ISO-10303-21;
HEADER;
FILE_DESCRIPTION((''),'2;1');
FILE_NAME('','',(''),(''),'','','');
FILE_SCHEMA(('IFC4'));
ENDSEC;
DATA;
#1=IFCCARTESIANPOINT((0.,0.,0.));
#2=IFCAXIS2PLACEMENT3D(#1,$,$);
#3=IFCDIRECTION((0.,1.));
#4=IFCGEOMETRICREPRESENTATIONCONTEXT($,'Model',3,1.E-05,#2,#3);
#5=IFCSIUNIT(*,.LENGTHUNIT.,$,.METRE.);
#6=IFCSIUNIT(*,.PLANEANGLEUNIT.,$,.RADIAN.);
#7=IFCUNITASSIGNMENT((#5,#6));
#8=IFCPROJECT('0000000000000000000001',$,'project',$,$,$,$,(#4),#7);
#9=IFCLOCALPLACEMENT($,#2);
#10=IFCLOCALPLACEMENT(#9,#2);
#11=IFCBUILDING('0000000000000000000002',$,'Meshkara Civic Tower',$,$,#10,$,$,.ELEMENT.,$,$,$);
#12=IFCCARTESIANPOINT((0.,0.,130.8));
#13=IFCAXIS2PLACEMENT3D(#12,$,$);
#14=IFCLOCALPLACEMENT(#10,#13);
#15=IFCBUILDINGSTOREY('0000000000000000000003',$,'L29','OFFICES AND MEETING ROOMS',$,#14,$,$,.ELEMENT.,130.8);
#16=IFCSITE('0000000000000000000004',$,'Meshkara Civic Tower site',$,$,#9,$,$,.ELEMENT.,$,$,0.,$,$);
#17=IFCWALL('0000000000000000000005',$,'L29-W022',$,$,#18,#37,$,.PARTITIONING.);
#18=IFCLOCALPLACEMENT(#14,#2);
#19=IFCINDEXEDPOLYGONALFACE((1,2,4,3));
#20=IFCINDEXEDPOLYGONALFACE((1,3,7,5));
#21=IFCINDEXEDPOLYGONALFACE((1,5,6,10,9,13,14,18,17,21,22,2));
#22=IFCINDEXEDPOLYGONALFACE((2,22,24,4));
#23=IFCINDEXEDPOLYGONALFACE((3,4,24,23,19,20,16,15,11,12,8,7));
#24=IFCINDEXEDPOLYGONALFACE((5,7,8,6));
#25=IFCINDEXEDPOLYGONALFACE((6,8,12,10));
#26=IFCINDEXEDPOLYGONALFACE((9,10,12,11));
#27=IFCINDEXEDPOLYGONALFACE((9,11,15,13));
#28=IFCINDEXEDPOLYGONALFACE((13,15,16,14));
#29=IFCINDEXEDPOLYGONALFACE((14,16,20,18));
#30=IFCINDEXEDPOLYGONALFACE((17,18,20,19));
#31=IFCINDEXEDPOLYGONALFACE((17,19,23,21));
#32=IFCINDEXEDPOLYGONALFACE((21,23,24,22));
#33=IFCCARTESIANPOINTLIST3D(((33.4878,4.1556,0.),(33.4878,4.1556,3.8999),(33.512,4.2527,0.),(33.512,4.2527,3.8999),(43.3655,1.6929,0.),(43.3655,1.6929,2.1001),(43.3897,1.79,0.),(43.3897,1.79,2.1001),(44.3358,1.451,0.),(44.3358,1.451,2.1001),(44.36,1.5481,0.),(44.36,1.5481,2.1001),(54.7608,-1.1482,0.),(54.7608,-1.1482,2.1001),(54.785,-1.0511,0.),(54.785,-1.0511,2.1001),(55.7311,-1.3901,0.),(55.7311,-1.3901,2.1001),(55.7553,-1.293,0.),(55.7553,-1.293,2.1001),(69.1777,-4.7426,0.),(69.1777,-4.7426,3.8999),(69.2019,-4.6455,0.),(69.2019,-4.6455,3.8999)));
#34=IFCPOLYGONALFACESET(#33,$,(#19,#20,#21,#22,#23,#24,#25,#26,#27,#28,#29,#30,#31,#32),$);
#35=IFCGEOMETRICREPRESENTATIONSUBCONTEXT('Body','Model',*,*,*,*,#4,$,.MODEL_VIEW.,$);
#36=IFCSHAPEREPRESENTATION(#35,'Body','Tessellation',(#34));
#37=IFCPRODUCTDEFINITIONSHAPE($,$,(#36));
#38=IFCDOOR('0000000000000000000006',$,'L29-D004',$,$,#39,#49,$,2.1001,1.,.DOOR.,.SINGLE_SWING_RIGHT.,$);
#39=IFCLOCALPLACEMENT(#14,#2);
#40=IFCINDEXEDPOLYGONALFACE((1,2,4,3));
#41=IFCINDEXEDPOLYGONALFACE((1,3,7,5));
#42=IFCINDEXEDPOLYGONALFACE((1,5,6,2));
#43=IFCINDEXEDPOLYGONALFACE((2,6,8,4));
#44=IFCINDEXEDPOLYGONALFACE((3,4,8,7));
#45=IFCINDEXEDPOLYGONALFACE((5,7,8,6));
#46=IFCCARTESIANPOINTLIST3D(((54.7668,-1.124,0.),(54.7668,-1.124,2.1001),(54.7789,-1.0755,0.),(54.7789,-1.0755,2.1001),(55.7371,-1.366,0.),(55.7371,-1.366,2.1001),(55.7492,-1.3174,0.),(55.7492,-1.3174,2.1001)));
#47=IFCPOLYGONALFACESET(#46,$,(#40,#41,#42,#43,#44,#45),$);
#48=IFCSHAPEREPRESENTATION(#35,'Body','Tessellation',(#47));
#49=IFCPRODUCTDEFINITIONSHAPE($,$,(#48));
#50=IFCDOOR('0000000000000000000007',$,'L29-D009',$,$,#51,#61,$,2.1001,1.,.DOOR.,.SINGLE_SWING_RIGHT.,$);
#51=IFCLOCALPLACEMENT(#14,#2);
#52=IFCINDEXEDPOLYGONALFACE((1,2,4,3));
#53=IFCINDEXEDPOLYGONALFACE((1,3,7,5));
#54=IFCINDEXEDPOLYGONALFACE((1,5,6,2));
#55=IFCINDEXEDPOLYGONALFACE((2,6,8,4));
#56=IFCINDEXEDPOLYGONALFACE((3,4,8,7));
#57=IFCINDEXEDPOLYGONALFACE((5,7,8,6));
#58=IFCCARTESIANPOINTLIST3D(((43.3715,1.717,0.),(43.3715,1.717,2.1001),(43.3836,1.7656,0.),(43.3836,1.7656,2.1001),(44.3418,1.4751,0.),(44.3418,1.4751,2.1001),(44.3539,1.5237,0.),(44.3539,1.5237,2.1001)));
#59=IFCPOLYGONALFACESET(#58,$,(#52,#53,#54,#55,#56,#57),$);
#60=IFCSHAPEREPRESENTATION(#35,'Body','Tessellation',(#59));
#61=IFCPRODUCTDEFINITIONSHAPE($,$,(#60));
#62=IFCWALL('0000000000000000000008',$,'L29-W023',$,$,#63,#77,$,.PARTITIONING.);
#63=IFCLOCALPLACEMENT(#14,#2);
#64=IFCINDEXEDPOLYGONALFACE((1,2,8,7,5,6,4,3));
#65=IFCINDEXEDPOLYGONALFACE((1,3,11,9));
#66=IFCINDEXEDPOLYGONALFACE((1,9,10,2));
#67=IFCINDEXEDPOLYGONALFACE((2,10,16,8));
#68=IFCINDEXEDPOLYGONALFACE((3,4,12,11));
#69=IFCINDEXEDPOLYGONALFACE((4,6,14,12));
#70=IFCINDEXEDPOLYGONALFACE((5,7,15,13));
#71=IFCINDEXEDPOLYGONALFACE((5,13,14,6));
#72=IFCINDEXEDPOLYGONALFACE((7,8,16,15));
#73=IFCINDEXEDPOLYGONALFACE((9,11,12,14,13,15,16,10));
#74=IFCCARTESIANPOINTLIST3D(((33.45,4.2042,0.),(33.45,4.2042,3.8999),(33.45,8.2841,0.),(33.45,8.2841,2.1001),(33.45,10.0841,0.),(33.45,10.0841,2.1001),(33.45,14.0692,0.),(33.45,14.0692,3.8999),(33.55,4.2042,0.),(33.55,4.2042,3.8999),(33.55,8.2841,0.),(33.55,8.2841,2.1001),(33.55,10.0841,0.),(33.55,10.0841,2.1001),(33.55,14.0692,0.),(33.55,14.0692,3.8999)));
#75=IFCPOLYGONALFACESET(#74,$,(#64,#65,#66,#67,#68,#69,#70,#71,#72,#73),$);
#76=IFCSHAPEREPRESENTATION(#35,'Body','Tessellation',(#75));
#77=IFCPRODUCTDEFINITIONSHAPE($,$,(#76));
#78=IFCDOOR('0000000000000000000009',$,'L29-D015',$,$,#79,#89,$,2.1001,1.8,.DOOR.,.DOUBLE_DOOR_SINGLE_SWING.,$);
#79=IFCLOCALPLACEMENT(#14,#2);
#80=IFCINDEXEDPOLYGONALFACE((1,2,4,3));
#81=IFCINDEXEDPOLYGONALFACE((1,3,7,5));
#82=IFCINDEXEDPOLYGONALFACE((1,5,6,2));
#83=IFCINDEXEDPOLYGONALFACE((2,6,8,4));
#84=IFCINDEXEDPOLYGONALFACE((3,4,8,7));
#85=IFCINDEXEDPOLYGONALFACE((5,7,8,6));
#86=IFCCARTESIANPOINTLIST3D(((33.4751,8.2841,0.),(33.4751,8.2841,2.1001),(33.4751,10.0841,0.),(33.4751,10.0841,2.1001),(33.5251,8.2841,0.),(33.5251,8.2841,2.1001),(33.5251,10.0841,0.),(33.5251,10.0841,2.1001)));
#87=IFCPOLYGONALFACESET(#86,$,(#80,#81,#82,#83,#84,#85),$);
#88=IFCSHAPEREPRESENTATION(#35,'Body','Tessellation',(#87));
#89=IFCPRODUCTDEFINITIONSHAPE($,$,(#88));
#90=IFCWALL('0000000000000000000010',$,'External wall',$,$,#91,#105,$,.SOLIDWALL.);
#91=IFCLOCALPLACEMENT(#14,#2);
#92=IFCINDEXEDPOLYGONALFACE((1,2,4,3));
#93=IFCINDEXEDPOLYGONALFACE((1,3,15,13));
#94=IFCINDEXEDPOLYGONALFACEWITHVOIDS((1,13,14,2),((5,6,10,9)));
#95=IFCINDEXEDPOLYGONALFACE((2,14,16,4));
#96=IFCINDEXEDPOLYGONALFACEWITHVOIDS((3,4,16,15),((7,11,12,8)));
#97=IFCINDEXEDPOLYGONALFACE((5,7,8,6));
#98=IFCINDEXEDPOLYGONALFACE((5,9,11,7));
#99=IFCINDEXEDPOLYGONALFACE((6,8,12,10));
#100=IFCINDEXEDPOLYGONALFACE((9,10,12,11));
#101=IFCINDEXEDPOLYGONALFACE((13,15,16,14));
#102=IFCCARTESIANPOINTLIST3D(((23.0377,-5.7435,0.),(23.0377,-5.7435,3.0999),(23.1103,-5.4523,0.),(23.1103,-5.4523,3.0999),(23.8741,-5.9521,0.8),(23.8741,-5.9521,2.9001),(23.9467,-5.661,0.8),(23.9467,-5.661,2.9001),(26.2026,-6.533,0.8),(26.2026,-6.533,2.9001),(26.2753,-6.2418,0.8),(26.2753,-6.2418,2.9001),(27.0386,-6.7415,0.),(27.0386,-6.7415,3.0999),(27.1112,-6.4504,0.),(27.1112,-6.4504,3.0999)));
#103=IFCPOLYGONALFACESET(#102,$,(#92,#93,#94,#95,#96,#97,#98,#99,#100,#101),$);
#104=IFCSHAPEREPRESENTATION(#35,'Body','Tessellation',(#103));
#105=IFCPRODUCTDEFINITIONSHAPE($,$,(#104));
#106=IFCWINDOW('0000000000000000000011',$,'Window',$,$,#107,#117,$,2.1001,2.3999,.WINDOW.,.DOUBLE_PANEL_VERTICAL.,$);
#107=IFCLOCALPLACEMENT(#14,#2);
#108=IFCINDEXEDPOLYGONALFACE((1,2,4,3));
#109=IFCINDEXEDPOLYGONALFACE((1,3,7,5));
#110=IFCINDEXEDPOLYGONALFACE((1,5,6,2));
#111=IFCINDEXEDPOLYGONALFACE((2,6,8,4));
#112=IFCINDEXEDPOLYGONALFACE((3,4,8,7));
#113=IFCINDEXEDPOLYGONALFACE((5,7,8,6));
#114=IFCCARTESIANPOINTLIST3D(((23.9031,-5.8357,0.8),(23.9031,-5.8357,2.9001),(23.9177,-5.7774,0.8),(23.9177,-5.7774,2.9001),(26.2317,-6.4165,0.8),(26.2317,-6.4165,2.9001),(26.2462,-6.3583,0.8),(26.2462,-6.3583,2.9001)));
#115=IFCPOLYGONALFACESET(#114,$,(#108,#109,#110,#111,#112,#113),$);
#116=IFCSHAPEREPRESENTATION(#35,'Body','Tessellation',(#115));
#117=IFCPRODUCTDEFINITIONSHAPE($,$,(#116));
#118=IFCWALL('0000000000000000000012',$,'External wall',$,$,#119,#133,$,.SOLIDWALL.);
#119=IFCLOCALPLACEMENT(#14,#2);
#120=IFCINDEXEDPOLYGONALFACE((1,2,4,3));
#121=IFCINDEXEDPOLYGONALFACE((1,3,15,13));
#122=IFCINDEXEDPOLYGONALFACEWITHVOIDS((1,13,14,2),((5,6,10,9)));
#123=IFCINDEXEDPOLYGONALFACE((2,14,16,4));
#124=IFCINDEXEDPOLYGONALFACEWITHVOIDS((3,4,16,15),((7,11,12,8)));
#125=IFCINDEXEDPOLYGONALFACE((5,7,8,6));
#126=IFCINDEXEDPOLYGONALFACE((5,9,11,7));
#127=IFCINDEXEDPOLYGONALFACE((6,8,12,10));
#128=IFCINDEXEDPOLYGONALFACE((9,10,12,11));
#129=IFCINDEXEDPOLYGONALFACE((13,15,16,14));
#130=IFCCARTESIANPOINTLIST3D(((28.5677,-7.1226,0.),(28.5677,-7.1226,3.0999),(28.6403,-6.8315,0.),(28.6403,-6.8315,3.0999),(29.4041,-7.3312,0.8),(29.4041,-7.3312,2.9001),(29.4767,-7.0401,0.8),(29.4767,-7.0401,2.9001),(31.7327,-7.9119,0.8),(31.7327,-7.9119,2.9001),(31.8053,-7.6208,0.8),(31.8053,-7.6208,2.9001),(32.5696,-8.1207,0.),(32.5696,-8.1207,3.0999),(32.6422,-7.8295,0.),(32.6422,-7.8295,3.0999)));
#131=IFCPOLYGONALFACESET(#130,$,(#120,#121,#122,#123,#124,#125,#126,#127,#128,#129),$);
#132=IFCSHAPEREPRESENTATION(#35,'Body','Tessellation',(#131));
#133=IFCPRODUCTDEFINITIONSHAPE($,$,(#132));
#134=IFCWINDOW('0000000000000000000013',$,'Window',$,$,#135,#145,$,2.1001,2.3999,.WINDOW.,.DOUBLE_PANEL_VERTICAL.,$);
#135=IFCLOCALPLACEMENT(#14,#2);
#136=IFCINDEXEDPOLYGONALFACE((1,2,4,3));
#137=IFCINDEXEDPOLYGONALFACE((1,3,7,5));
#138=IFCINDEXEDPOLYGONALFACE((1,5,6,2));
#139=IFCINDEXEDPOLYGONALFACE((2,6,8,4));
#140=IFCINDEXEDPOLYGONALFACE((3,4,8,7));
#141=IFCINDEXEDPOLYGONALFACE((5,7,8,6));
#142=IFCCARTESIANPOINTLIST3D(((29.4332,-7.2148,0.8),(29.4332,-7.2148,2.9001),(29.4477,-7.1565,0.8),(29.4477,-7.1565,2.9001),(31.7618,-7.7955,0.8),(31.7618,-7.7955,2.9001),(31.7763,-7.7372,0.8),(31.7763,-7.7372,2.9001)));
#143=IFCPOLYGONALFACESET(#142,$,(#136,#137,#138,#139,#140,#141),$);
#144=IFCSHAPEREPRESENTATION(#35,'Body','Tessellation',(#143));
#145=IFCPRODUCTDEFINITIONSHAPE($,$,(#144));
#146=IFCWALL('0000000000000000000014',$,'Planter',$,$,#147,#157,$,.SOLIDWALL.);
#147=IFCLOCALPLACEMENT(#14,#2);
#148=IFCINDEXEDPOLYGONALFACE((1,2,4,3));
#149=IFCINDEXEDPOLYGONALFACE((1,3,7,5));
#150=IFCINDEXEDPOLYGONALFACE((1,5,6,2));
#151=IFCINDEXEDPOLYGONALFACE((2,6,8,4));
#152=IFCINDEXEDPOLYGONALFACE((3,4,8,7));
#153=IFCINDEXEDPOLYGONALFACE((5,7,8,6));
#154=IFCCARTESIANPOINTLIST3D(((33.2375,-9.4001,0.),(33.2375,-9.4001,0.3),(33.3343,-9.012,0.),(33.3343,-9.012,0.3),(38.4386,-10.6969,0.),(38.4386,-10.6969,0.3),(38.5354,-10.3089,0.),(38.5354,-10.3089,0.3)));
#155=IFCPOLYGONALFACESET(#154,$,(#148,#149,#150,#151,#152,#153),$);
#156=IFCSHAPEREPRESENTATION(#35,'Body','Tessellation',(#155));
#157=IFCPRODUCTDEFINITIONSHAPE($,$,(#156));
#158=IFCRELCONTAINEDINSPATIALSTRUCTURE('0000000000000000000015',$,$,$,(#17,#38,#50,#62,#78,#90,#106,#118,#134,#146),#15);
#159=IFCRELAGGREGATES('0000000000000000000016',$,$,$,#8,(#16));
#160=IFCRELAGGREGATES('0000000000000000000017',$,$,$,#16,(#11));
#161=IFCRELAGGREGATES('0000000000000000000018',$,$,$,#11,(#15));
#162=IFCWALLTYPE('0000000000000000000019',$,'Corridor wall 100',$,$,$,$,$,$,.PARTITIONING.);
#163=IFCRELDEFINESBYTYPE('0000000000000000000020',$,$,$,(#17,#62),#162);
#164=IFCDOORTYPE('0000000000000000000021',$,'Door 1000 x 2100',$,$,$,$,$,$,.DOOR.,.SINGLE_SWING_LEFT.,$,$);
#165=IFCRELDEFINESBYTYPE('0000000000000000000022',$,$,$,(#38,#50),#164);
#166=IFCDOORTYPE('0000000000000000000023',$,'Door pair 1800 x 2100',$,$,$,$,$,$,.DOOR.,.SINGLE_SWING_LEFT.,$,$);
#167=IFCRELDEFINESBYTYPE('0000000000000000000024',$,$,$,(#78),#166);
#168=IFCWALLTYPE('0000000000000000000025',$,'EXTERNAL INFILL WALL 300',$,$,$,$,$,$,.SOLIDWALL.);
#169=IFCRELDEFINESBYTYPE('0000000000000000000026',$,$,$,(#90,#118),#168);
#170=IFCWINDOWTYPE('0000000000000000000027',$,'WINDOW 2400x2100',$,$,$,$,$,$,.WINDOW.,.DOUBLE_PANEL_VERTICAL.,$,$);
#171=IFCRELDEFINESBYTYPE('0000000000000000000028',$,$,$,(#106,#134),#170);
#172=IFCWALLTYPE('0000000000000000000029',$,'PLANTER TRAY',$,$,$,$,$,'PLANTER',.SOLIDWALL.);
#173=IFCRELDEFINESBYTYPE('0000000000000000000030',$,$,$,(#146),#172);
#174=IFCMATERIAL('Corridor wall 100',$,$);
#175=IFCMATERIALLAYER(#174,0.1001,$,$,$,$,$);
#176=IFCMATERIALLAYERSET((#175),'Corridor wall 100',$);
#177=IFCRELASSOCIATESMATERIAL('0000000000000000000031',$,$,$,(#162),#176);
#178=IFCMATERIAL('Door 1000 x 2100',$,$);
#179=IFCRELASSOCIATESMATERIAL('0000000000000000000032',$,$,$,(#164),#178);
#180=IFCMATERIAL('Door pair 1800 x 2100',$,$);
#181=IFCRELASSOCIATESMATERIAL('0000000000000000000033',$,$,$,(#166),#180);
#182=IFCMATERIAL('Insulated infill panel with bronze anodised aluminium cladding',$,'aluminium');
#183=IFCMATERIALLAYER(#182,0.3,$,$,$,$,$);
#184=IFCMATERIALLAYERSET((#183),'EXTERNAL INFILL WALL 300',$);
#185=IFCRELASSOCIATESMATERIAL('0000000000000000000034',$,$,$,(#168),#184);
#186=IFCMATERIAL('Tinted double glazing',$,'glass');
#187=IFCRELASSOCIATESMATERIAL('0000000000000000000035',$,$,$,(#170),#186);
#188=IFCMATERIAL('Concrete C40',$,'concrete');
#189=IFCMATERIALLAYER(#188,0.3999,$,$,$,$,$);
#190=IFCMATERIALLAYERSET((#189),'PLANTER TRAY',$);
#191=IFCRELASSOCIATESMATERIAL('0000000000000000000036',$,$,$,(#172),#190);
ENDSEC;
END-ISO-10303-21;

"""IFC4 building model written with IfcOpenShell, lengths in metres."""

from ifc_helpers import new_model, si_unit, direction, frame, frame_2d, origin, place, context, subcontext, project, spatial, rectangle, extrude, material, layer, layer_set, type_object, element, fill, save


model = new_model("IFC4")

# Units and contexts
model_context = context("Model", 3, precision=1e-05, world=origin(), true_north=direction((0.0, 1.0)))
body_context = subcontext(model_context, "Body", "Model", "MODEL_VIEW")
ifc_project = project(units=[si_unit("LENGTHUNIT", "METRE"), si_unit("PLANEANGLEUNIT", "RADIAN")], contexts=[model_context])

# Site, building, storey
site_placement = place(None, origin())
site = spatial("IfcSite", under=ifc_project, at=site_placement, Name="Meshkara Civic Tower site", CompositionType="ELEMENT", RefElevation=0.0)
building_placement = place(site_placement, origin())
building = spatial("IfcBuilding", under=site, at=building_placement, Name="Meshkara Civic Tower", CompositionType="ELEMENT")
storey_placement = place(building_placement, frame((0.0, 0.0, 130.8)))
storey = spatial("IfcBuildingStorey", under=building, at=storey_placement, Name="L29", Description="OFFICES AND MEETING ROOMS", CompositionType="ELEMENT", Elevation=130.8)

# Shared definitions
ifc_material_1 = material(Name="Corridor wall 100")
ifc_layer_1 = layer(ifc_material_1, 0.1001)
ifc_layer_set_1 = layer_set([ifc_layer_1], Name="Corridor wall 100")
wall_type_1 = type_object("IfcWallType", Name="Corridor wall 100", PredefinedType="PARTITIONING", material=ifc_layer_set_1)
ifc_material_2 = material(Name="Door 1000 x 2100")
door_type_1 = type_object("IfcDoorType", Name="Door 1000 x 2100", OperationType="SINGLE_SWING_LEFT", PredefinedType="DOOR", material=ifc_material_2)

# Wall, openings, doors
wall_1_placement = place(storey_placement, frame((33.5, 4.2041, 0.0), z_axis=(0.0, 0.0, 1.0), x_axis=(0.970298, -0.241914, 0.0)))
wall_1 = element("IfcWall", 1, at=wall_1_placement, inside=storey, type_object=wall_type_1, Name="L29-W022", PredefinedType="PARTITIONING", context=body_context, shape_type="SweptSolid", body=[
    extrude(rectangle(XDim=36.7825, YDim=0.1001, at=frame_2d((18.3911, 0.0))), origin(), (0.0, 0.0, 1.0), 3.8999),
])
opening_1_placement = place(wall_1_placement, frame((21.9241, 0.0, 0.0)))
opening_1 = element("IfcOpeningElement", 2, at=opening_1_placement, cuts=wall_1, PredefinedType="OPENING", context=body_context, shape_type="SweptSolid", body=[
    extrude(rectangle(XDim=1.0, YDim=2.1001, at=frame_2d((0.5, 1.05))), frame((0.0, 0.0601, 0.0), z_axis=(0.0, -1.0, 0.0), x_axis=(1.0, 0.0, 0.0)), (0.0, 0.0, 1.0), 0.1201),
])
opening_2_placement = place(wall_1_placement, frame((10.1799, 0.0, 0.0)))
opening_2 = element("IfcOpeningElement", 3, at=opening_2_placement, cuts=wall_1, PredefinedType="OPENING", context=body_context, shape_type="SweptSolid", body=[
    extrude(rectangle(XDim=1.0, YDim=2.1001, at=frame_2d((0.5, 1.05))), frame((0.0, 0.0601, 0.0), z_axis=(0.0, -1.0, 0.0), x_axis=(1.0, 0.0, 0.0)), (0.0, 0.0, 1.0), 0.1201),
])
door_1_placement = place(opening_1_placement, origin())
door_1 = element("IfcDoor", 4, at=door_1_placement, inside=storey, type_object=door_type_1, Name="L29-D004", OperationType="SINGLE_SWING_RIGHT", OverallHeight=2.1001, OverallWidth=1.0, PredefinedType="DOOR", context=body_context, shape_type="SweptSolid", body=[
    extrude(rectangle(XDim=1.0, YDim=2.1001, at=frame_2d((0.5, 1.05))), frame((0.0, 0.0249, 0.0), z_axis=(0.0, -1.0, 0.0), x_axis=(1.0, 0.0, 0.0)), (0.0, 0.0, 1.0), 0.05),
])
fill(opening_1, door_1)
door_2_placement = place(opening_2_placement, origin())
door_2 = element("IfcDoor", 5, at=door_2_placement, inside=storey, type_object=door_type_1, Name="L29-D009", OperationType="SINGLE_SWING_RIGHT", OverallHeight=2.1001, OverallWidth=1.0, PredefinedType="DOOR", context=body_context, shape_type="SweptSolid", body=[
    extrude(rectangle(XDim=1.0, YDim=2.1001, at=frame_2d((0.5, 1.05))), frame((0.0, 0.0249, 0.0), z_axis=(0.0, -1.0, 0.0), x_axis=(1.0, 0.0, 0.0)), (0.0, 0.0, 1.0), 0.05),
])
fill(opening_2, door_2)

# Wall, opening, door
wall_2_placement = place(storey_placement, frame((33.5, 4.2041, 0.0), z_axis=(0.0, 0.0, 1.0), x_axis=(0.0, 1.0, 0.0)))
wall_2 = element("IfcWall", 6, at=wall_2_placement, inside=storey, type_object=wall_type_1, Name="L29-W023", PredefinedType="PARTITIONING", context=body_context, shape_type="SweptSolid", body=[
    extrude(rectangle(XDim=9.865, YDim=0.1001, at=frame_2d((4.9326, 0.0))), origin(), (0.0, 0.0, 1.0), 3.8999),
])
opening_3_placement = place(wall_2_placement, frame((4.0801, 0.0, 0.0)))
opening_3 = element("IfcOpeningElement", 7, at=opening_3_placement, cuts=wall_2, PredefinedType="OPENING", context=body_context, shape_type="SweptSolid", body=[
    extrude(rectangle(XDim=1.8, YDim=2.1001, at=frame_2d((0.8999, 1.05))), frame((0.0, 0.0601, 0.0), z_axis=(0.0, -1.0, 0.0), x_axis=(1.0, 0.0, 0.0)), (0.0, 0.0, 1.0), 0.1201),
])
ifc_material_3 = material(Name="Door pair 1800 x 2100")
door_type_2 = type_object("IfcDoorType", Name="Door pair 1800 x 2100", OperationType="SINGLE_SWING_LEFT", PredefinedType="DOOR", material=ifc_material_3)
door_3_placement = place(opening_3_placement, origin())
door_3 = element("IfcDoor", 8, at=door_3_placement, inside=storey, type_object=door_type_2, Name="L29-D015", OperationType="DOUBLE_DOOR_SINGLE_SWING", OverallHeight=2.1001, OverallWidth=1.8, PredefinedType="DOOR", context=body_context, shape_type="SweptSolid", body=[
    extrude(rectangle(XDim=1.8, YDim=2.1001, at=frame_2d((0.8999, 1.05))), frame((0.0, 0.0249, 0.0), z_axis=(0.0, -1.0, 0.0), x_axis=(1.0, 0.0, 0.0)), (0.0, 0.0, 1.0), 0.05),
])
fill(opening_3, door_3)

# Walls, openings, windows
ifc_material_4 = material(Name="Insulated infill panel with bronze anodised aluminium cladding", Category="aluminium")
ifc_layer_2 = layer(ifc_material_4, 0.3)
ifc_layer_set_2 = layer_set([ifc_layer_2], Name="EXTERNAL INFILL WALL 300")
wall_type_2 = type_object("IfcWallType", Name="EXTERNAL INFILL WALL 300", PredefinedType="SOLIDWALL", material=ifc_layer_set_2)
wall_3_placement = place(storey_placement, frame((23.074, -5.5979, 0.0), z_axis=(0.0, 0.0, 1.0), x_axis=(0.970268, -0.242034, 0.0)))
wall_3 = element("IfcWall", 9, at=wall_3_placement, inside=storey, type_object=wall_type_2, Name="External wall", PredefinedType="SOLIDWALL", context=body_context, shape_type="SweptSolid", body=[
    extrude(rectangle(XDim=4.1235, YDim=0.3, at=frame_2d((2.0618, 0.0))), origin(), (0.0, 0.0, 1.0), 3.0999),
])
opening_4_placement = place(wall_3_placement, frame((0.8621, 0.0, 0.8)))
opening_4 = element("IfcOpeningElement", 10, at=opening_4_placement, cuts=wall_3, PredefinedType="OPENING", context=body_context, shape_type="SweptSolid", body=[
    extrude(rectangle(XDim=2.3999, YDim=2.1001, at=frame_2d((1.2, 1.05))), frame((0.0, 0.1599, 0.0), z_axis=(0.0, -1.0, 0.0), x_axis=(1.0, 0.0, 0.0)), (0.0, 0.0, 1.0), 0.3201),
])
ifc_material_5 = material(Name="Tinted double glazing", Category="glass")
window_type = type_object("IfcWindowType", Name="WINDOW 2400x2100", PartitioningType="DOUBLE_PANEL_VERTICAL", PredefinedType="WINDOW", material=ifc_material_5)
window_1_placement = place(opening_4_placement, origin())
window_1 = element("IfcWindow", 11, at=window_1_placement, inside=storey, type_object=window_type, Name="Window", OverallHeight=2.1001, OverallWidth=2.3999, PartitioningType="DOUBLE_PANEL_VERTICAL", PredefinedType="WINDOW", context=body_context, shape_type="SweptSolid", body=[
    extrude(rectangle(XDim=2.3999, YDim=2.1001, at=frame_2d((1.2, 1.05))), frame((0.0, 0.03, 0.0), z_axis=(0.0, -1.0, 0.0), x_axis=(1.0, 0.0, 0.0)), (0.0, 0.0, 1.0), 0.0601),
])
fill(opening_4, window_1)
wall_4_placement = place(storey_placement, frame((28.604, -6.9771, 0.0), z_axis=(0.0, 0.0, 1.0), x_axis=(0.970282, -0.241978, 0.0)))
wall_4 = element("IfcWall", 12, at=wall_4_placement, inside=storey, type_object=wall_type_2, Name="External wall", PredefinedType="SOLIDWALL", context=body_context, shape_type="SweptSolid", body=[
    extrude(rectangle(XDim=4.1245, YDim=0.3, at=frame_2d((2.0623, 0.0))), origin(), (0.0, 0.0, 1.0), 3.0999),
])
opening_5_placement = place(wall_4_placement, frame((0.8621, 0.0, 0.8)))
opening_5 = element("IfcOpeningElement", 13, at=opening_5_placement, cuts=wall_4, PredefinedType="OPENING", context=body_context, shape_type="SweptSolid", body=[
    extrude(rectangle(XDim=2.3999, YDim=2.1001, at=frame_2d((1.2, 1.05))), frame((0.0, 0.1599, 0.0), z_axis=(0.0, -1.0, 0.0), x_axis=(1.0, 0.0, 0.0)), (0.0, 0.0, 1.0), 0.3201),
])
window_2_placement = place(opening_5_placement, origin())
window_2 = element("IfcWindow", 14, at=window_2_placement, inside=storey, type_object=window_type, Name="Window", OverallHeight=2.1001, OverallWidth=2.3999, PartitioningType="DOUBLE_PANEL_VERTICAL", PredefinedType="WINDOW", context=body_context, shape_type="SweptSolid", body=[
    extrude(rectangle(XDim=2.3999, YDim=2.1001, at=frame_2d((1.2, 1.05))), frame((0.0, 0.03, 0.0), z_axis=(0.0, -1.0, 0.0), x_axis=(1.0, 0.0, 0.0)), (0.0, 0.0, 1.0), 0.0601),
])
fill(opening_5, window_2)

# Wall
ifc_material_6 = material(Name="Concrete C40", Category="concrete")
ifc_layer_3 = layer(ifc_material_6, 0.3999)
ifc_layer_set_3 = layer_set([ifc_layer_3], Name="PLANTER TRAY")
wall_type_3 = type_object("IfcWallType", Name="PLANTER TRAY", ElementType="PLANTER", PredefinedType="SOLIDWALL", material=ifc_layer_set_3)
wall_5_placement = place(storey_placement, frame((33.2859, -9.2061, 0.0), z_axis=(0.0, 0.0, 1.0), x_axis=(0.970292, -0.241935, 0.0)))
element("IfcWall", 15, at=wall_5_placement, inside=storey, type_object=wall_type_3, Name="Planter", PredefinedType="SOLIDWALL", context=body_context, shape_type="SweptSolid", body=[
    extrude(rectangle(XDim=5.3604, YDim=0.3999, at=frame_2d((2.6802, 0.0))), origin(), (0.0, 0.0, 1.0), 0.3),
])

save(model, "model.ifc")
